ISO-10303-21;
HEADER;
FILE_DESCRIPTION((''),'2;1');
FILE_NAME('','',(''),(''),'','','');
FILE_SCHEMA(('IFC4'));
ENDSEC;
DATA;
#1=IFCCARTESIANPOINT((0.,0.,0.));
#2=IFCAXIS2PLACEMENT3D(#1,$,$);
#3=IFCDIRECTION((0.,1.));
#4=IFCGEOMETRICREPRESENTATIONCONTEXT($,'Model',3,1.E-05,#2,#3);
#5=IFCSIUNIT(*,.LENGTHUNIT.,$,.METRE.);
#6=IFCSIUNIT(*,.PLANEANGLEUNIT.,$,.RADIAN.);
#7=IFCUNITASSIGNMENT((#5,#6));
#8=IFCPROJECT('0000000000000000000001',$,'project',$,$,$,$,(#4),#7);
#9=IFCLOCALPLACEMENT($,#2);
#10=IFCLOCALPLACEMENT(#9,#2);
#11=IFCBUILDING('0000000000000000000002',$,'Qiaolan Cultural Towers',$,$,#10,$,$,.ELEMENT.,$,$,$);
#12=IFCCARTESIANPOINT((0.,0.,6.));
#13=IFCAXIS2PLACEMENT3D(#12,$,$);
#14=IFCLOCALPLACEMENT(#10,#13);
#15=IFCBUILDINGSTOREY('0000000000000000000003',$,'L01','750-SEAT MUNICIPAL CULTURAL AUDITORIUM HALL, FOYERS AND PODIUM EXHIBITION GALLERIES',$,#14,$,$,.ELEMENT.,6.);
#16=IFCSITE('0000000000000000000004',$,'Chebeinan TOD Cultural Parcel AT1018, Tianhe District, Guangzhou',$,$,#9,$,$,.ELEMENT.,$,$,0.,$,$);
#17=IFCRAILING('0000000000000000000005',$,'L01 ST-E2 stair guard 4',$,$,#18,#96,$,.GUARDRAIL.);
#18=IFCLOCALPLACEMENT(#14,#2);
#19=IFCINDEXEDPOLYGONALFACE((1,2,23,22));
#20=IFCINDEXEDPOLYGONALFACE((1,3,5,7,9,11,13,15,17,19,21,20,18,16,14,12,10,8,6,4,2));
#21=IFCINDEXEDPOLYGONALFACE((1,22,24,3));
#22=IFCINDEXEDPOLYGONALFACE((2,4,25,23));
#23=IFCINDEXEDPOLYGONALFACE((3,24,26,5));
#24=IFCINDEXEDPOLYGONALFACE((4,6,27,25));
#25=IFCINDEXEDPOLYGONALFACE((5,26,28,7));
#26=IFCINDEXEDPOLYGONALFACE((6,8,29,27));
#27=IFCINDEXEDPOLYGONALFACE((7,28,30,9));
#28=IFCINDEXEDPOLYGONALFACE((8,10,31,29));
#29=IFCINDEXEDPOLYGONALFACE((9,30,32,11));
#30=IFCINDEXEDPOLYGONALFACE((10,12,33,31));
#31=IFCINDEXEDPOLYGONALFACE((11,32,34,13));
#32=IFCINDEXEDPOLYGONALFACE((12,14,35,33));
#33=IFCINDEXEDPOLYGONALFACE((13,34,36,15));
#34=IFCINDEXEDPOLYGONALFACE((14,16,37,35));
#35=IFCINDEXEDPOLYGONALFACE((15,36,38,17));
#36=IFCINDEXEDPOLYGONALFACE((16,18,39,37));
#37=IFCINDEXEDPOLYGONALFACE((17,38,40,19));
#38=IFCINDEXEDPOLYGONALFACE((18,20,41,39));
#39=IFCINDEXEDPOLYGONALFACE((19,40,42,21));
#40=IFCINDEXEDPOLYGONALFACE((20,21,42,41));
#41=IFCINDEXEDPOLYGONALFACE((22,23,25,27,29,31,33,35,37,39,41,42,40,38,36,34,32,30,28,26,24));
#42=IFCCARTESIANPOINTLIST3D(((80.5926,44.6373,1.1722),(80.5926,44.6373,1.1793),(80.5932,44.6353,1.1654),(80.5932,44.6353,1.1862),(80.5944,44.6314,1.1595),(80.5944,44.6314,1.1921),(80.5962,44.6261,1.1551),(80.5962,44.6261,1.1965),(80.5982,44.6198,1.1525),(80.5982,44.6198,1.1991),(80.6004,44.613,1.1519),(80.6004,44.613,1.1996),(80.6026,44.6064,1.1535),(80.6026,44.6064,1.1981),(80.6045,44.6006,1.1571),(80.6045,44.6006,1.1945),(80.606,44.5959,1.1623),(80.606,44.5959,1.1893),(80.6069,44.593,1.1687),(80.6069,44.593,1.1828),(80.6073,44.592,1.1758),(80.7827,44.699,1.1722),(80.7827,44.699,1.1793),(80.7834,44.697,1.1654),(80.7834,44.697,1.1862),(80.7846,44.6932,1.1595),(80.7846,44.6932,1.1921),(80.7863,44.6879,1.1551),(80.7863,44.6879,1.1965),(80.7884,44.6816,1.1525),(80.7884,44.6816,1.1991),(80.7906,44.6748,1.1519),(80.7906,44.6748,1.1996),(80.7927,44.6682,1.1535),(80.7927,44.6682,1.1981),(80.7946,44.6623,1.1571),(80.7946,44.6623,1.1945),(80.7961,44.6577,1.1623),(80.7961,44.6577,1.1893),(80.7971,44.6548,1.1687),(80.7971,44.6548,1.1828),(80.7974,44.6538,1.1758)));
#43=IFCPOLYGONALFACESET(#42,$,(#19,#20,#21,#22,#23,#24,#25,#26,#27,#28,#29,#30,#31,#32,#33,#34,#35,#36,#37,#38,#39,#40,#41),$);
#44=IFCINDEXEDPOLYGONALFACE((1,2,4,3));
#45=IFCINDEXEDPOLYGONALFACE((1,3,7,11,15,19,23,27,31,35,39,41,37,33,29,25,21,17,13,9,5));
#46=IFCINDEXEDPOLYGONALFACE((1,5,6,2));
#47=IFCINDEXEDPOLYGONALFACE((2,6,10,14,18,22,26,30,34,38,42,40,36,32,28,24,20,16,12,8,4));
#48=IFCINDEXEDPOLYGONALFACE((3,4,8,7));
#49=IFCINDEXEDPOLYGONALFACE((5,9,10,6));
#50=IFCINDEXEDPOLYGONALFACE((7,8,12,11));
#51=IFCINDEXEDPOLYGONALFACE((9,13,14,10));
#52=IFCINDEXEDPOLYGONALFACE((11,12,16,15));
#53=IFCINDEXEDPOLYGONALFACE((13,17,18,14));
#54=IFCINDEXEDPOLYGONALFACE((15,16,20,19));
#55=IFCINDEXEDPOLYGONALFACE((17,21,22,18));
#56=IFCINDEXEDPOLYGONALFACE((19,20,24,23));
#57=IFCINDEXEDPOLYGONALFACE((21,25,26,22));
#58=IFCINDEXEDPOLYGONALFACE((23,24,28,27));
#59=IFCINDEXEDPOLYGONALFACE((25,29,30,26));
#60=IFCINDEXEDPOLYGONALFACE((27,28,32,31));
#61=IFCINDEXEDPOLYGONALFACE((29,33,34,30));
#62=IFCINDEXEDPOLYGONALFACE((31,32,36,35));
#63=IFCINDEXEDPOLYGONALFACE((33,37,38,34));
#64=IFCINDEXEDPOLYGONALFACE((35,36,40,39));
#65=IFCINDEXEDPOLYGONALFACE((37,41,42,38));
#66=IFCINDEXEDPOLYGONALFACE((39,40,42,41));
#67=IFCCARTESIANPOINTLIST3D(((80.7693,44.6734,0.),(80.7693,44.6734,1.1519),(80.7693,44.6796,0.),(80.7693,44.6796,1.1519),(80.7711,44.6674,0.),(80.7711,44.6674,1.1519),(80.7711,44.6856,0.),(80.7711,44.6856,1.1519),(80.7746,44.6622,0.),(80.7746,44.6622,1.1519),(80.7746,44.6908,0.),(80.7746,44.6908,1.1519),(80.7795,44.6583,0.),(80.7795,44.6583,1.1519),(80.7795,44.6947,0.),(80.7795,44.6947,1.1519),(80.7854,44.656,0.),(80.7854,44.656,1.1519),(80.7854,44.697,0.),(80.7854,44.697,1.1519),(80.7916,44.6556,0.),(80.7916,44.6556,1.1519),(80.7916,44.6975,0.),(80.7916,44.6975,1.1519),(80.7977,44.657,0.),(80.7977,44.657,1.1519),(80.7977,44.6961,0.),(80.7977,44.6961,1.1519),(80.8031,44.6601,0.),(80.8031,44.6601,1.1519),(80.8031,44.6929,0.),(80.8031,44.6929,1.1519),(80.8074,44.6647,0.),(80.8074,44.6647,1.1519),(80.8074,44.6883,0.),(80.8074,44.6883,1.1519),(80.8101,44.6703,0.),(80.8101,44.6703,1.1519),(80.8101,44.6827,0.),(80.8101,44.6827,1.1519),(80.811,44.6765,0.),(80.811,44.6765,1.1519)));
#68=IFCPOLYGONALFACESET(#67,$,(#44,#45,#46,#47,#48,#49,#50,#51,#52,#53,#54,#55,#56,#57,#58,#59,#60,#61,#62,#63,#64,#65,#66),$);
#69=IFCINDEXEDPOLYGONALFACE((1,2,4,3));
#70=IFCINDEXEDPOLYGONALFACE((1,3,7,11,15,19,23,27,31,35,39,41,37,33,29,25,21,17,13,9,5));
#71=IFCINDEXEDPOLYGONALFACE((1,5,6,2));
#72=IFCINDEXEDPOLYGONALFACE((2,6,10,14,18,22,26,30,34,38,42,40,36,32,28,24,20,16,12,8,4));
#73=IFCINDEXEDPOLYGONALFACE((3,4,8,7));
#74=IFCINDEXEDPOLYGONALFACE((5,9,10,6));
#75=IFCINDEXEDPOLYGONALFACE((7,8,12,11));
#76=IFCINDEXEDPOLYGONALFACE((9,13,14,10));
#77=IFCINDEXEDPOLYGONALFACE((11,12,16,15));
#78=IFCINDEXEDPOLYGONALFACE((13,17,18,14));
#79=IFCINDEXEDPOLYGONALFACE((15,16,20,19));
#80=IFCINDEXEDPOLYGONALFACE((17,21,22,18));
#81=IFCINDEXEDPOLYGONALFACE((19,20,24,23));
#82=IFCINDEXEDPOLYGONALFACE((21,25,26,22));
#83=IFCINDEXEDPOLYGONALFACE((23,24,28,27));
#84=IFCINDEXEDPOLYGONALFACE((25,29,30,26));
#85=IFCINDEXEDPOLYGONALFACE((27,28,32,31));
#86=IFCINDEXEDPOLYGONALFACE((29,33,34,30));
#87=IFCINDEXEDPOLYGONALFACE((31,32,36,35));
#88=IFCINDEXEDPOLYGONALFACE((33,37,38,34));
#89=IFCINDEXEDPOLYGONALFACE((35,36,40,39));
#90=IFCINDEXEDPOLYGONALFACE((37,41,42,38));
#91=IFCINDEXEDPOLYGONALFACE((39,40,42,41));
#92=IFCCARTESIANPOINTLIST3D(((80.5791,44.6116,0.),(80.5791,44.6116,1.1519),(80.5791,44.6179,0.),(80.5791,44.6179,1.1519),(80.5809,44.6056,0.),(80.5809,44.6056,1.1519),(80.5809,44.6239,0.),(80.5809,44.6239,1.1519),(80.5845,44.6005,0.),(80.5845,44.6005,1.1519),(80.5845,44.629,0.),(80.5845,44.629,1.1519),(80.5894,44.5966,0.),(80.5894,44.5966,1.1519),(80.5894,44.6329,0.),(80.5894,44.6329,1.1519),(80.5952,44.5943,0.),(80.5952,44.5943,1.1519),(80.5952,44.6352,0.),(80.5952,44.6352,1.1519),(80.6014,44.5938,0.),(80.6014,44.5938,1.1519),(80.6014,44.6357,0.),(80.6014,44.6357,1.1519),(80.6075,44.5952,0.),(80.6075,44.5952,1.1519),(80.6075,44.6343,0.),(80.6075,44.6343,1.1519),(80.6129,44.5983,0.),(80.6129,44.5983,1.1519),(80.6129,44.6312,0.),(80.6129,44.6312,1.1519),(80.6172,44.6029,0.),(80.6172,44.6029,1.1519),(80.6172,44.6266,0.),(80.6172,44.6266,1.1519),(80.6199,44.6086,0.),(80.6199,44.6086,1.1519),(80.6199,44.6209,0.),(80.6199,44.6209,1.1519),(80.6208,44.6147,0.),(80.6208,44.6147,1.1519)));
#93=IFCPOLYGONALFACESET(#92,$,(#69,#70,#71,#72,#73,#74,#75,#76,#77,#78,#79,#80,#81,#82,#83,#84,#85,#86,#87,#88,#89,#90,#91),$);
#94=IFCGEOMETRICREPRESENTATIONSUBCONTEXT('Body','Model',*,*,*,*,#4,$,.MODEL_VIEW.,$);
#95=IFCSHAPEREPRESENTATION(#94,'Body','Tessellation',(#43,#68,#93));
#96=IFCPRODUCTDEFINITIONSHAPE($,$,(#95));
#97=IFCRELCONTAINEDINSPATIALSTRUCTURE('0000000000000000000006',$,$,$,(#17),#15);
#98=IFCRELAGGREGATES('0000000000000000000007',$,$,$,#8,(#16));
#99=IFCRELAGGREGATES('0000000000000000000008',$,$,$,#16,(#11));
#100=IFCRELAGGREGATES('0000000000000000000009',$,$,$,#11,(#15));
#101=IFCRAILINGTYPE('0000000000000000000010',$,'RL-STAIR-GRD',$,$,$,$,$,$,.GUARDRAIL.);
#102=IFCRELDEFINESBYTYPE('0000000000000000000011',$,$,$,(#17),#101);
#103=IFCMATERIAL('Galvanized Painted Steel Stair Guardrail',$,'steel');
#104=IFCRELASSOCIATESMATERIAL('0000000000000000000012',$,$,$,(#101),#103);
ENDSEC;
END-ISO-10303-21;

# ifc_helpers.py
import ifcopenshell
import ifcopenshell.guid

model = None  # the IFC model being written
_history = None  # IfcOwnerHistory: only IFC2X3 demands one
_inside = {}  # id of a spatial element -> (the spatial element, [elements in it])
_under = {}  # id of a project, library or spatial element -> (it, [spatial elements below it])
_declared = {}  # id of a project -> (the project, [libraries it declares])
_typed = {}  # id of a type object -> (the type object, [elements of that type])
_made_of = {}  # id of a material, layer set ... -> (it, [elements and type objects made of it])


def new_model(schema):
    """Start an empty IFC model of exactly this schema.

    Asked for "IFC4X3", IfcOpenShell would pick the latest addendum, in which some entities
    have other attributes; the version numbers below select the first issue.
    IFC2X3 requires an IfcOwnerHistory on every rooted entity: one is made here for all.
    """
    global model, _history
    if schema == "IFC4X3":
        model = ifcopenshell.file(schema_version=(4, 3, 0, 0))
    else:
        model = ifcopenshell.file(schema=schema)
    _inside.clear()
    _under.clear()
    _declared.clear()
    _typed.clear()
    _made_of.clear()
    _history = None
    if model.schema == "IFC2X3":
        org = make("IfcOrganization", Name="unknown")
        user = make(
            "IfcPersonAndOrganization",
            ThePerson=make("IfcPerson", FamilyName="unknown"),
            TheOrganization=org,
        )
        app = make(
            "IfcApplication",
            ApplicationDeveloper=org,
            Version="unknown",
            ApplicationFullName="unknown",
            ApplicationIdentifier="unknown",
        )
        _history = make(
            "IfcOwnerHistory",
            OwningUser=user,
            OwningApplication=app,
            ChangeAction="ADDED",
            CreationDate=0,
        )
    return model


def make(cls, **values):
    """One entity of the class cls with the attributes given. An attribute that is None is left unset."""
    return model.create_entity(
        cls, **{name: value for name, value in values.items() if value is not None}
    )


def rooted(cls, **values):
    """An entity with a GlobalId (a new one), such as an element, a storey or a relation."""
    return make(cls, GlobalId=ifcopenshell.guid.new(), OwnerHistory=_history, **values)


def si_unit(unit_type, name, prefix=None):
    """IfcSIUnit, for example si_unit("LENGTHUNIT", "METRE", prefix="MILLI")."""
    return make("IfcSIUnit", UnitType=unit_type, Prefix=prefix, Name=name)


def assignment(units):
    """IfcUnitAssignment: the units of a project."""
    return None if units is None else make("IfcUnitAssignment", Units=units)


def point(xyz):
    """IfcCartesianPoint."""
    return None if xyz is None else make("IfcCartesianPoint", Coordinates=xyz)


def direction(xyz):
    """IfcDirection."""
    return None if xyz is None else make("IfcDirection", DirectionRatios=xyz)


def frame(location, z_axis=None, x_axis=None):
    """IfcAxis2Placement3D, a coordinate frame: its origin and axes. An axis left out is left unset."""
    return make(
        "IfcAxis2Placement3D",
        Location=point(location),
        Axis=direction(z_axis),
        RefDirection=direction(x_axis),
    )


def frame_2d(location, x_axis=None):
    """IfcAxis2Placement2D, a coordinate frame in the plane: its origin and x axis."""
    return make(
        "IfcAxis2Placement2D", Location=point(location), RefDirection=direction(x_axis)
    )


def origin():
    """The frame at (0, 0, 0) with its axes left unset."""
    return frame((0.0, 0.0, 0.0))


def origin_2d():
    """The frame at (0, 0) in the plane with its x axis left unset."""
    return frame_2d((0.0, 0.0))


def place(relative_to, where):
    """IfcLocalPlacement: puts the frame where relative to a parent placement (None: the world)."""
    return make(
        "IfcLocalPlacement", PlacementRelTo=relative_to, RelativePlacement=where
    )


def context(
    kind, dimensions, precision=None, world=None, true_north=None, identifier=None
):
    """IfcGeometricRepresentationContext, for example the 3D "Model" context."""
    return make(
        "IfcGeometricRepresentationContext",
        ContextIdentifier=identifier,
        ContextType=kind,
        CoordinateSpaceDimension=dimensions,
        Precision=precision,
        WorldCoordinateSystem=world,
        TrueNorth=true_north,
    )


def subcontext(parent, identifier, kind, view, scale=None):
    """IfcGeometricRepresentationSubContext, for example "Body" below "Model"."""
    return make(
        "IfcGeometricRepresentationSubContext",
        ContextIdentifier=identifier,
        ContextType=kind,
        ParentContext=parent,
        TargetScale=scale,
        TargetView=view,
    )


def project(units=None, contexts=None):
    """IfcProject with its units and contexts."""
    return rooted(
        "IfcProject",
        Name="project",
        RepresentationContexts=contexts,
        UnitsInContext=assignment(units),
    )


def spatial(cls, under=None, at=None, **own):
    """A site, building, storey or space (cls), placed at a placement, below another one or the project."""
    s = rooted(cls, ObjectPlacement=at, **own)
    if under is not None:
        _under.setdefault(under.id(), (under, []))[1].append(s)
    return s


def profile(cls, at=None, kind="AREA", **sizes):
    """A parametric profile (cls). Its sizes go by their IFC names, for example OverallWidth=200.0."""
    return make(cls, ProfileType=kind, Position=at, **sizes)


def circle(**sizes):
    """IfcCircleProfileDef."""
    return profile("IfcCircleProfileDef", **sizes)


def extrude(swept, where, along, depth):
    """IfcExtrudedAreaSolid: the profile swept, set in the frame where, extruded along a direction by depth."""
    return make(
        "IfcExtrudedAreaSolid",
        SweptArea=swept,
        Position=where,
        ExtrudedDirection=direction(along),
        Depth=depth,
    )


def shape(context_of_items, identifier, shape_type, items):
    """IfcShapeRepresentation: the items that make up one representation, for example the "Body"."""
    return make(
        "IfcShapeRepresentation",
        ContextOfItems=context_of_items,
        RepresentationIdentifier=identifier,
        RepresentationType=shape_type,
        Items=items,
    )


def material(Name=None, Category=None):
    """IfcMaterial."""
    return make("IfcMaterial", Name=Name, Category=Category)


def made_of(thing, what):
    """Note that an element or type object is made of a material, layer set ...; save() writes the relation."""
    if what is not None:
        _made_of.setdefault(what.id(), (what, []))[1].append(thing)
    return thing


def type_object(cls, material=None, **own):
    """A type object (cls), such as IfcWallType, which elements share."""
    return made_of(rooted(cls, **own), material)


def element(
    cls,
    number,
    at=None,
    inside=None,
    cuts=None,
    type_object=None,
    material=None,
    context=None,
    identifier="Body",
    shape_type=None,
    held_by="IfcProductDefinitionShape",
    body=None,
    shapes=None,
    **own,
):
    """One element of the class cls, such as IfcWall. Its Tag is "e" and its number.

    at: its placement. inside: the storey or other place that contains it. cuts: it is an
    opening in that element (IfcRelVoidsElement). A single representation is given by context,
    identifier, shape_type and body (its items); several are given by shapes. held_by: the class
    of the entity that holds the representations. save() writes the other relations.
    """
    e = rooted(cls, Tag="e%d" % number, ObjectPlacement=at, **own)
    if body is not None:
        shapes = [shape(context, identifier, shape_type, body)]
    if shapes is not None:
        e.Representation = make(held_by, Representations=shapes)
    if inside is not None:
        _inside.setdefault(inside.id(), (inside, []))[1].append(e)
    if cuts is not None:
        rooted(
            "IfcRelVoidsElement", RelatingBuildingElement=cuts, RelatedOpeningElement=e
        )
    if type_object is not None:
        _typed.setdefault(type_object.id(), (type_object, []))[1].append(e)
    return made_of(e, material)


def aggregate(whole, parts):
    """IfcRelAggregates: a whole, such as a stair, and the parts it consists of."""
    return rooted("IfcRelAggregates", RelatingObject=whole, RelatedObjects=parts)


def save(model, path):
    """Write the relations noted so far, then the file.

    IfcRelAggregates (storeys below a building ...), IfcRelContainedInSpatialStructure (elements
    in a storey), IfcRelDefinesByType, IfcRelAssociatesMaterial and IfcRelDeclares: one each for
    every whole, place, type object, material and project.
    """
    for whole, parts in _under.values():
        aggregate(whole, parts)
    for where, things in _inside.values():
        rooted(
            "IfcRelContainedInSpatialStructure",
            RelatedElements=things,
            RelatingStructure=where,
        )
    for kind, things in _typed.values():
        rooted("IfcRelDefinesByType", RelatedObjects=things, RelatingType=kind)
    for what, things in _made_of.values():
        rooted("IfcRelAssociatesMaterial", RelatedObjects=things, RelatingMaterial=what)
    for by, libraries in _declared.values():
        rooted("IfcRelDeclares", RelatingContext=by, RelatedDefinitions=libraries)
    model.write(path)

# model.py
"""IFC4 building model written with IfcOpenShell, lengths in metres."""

from ifc_helpers import new_model, si_unit, direction, frame, origin, origin_2d, place, context, subcontext, project, spatial, circle, extrude, material, type_object, element, save


model = new_model("IFC4")

# Units and contexts
model_context = context("Model", 3, precision=1e-05, world=origin(), true_north=direction((0.0, 1.0)))
body_context = subcontext(model_context, "Body", "Model", "MODEL_VIEW")
ifc_project = project(units=[si_unit("LENGTHUNIT", "METRE"), si_unit("PLANEANGLEUNIT", "RADIAN")], contexts=[model_context])

# Site, building, storey
site_placement = place(None, origin())
site = spatial("IfcSite", under=ifc_project, at=site_placement, Name="Chebeinan TOD Cultural Parcel AT1018, Tianhe District, Guangzhou", CompositionType="ELEMENT", RefElevation=0.0)
building_placement = place(site_placement, origin())
building = spatial("IfcBuilding", under=site, at=building_placement, Name="Qiaolan Cultural Towers", CompositionType="ELEMENT")
storey_placement = place(building_placement, frame((0.0, 0.0, 6.0)))
storey = spatial("IfcBuildingStorey", under=building, at=storey_placement, Name="L01", Description="750-SEAT MUNICIPAL CULTURAL AUDITORIUM HALL, FOYERS AND PODIUM EXHIBITION GALLERIES", CompositionType="ELEMENT", Elevation=6.0)

# Railing
ifc_material_1 = material(Name="Galvanized Painted Steel Stair Guardrail", Category="steel")
railing_type_1 = type_object("IfcRailingType", Name="RL-STAIR-GRD", PredefinedType="GUARDRAIL", material=ifc_material_1)
railing_1_placement = place(storey_placement, frame((80.79, 44.6765, 0.0)))
element("IfcRailing", 1, at=railing_1_placement, inside=storey, type_object=railing_type_1, Name="L01 ST-E2 stair guard 4", PredefinedType="GUARDRAIL", context=body_context, shape_type="SweptSolid", body=[
    extrude(circle(Radius=0.0239, at=origin_2d()), frame((0.0, 0.0, 1.1758), z_axis=(-0.951097, -0.308893, 0.0), x_axis=(0.308893, -0.951097, 0.0)), (0.0, 0.0, 1.0), 0.2),
    extrude(circle(Radius=0.021, at=origin_2d()), origin(), (0.0, 0.0, 1.0), 1.1519),
    extrude(circle(Radius=0.021, at=origin_2d()), frame((-0.1902, -0.0618, 0.0)), (0.0, 0.0, 1.0), 1.1519),
])

save(model, "model.ifc")
